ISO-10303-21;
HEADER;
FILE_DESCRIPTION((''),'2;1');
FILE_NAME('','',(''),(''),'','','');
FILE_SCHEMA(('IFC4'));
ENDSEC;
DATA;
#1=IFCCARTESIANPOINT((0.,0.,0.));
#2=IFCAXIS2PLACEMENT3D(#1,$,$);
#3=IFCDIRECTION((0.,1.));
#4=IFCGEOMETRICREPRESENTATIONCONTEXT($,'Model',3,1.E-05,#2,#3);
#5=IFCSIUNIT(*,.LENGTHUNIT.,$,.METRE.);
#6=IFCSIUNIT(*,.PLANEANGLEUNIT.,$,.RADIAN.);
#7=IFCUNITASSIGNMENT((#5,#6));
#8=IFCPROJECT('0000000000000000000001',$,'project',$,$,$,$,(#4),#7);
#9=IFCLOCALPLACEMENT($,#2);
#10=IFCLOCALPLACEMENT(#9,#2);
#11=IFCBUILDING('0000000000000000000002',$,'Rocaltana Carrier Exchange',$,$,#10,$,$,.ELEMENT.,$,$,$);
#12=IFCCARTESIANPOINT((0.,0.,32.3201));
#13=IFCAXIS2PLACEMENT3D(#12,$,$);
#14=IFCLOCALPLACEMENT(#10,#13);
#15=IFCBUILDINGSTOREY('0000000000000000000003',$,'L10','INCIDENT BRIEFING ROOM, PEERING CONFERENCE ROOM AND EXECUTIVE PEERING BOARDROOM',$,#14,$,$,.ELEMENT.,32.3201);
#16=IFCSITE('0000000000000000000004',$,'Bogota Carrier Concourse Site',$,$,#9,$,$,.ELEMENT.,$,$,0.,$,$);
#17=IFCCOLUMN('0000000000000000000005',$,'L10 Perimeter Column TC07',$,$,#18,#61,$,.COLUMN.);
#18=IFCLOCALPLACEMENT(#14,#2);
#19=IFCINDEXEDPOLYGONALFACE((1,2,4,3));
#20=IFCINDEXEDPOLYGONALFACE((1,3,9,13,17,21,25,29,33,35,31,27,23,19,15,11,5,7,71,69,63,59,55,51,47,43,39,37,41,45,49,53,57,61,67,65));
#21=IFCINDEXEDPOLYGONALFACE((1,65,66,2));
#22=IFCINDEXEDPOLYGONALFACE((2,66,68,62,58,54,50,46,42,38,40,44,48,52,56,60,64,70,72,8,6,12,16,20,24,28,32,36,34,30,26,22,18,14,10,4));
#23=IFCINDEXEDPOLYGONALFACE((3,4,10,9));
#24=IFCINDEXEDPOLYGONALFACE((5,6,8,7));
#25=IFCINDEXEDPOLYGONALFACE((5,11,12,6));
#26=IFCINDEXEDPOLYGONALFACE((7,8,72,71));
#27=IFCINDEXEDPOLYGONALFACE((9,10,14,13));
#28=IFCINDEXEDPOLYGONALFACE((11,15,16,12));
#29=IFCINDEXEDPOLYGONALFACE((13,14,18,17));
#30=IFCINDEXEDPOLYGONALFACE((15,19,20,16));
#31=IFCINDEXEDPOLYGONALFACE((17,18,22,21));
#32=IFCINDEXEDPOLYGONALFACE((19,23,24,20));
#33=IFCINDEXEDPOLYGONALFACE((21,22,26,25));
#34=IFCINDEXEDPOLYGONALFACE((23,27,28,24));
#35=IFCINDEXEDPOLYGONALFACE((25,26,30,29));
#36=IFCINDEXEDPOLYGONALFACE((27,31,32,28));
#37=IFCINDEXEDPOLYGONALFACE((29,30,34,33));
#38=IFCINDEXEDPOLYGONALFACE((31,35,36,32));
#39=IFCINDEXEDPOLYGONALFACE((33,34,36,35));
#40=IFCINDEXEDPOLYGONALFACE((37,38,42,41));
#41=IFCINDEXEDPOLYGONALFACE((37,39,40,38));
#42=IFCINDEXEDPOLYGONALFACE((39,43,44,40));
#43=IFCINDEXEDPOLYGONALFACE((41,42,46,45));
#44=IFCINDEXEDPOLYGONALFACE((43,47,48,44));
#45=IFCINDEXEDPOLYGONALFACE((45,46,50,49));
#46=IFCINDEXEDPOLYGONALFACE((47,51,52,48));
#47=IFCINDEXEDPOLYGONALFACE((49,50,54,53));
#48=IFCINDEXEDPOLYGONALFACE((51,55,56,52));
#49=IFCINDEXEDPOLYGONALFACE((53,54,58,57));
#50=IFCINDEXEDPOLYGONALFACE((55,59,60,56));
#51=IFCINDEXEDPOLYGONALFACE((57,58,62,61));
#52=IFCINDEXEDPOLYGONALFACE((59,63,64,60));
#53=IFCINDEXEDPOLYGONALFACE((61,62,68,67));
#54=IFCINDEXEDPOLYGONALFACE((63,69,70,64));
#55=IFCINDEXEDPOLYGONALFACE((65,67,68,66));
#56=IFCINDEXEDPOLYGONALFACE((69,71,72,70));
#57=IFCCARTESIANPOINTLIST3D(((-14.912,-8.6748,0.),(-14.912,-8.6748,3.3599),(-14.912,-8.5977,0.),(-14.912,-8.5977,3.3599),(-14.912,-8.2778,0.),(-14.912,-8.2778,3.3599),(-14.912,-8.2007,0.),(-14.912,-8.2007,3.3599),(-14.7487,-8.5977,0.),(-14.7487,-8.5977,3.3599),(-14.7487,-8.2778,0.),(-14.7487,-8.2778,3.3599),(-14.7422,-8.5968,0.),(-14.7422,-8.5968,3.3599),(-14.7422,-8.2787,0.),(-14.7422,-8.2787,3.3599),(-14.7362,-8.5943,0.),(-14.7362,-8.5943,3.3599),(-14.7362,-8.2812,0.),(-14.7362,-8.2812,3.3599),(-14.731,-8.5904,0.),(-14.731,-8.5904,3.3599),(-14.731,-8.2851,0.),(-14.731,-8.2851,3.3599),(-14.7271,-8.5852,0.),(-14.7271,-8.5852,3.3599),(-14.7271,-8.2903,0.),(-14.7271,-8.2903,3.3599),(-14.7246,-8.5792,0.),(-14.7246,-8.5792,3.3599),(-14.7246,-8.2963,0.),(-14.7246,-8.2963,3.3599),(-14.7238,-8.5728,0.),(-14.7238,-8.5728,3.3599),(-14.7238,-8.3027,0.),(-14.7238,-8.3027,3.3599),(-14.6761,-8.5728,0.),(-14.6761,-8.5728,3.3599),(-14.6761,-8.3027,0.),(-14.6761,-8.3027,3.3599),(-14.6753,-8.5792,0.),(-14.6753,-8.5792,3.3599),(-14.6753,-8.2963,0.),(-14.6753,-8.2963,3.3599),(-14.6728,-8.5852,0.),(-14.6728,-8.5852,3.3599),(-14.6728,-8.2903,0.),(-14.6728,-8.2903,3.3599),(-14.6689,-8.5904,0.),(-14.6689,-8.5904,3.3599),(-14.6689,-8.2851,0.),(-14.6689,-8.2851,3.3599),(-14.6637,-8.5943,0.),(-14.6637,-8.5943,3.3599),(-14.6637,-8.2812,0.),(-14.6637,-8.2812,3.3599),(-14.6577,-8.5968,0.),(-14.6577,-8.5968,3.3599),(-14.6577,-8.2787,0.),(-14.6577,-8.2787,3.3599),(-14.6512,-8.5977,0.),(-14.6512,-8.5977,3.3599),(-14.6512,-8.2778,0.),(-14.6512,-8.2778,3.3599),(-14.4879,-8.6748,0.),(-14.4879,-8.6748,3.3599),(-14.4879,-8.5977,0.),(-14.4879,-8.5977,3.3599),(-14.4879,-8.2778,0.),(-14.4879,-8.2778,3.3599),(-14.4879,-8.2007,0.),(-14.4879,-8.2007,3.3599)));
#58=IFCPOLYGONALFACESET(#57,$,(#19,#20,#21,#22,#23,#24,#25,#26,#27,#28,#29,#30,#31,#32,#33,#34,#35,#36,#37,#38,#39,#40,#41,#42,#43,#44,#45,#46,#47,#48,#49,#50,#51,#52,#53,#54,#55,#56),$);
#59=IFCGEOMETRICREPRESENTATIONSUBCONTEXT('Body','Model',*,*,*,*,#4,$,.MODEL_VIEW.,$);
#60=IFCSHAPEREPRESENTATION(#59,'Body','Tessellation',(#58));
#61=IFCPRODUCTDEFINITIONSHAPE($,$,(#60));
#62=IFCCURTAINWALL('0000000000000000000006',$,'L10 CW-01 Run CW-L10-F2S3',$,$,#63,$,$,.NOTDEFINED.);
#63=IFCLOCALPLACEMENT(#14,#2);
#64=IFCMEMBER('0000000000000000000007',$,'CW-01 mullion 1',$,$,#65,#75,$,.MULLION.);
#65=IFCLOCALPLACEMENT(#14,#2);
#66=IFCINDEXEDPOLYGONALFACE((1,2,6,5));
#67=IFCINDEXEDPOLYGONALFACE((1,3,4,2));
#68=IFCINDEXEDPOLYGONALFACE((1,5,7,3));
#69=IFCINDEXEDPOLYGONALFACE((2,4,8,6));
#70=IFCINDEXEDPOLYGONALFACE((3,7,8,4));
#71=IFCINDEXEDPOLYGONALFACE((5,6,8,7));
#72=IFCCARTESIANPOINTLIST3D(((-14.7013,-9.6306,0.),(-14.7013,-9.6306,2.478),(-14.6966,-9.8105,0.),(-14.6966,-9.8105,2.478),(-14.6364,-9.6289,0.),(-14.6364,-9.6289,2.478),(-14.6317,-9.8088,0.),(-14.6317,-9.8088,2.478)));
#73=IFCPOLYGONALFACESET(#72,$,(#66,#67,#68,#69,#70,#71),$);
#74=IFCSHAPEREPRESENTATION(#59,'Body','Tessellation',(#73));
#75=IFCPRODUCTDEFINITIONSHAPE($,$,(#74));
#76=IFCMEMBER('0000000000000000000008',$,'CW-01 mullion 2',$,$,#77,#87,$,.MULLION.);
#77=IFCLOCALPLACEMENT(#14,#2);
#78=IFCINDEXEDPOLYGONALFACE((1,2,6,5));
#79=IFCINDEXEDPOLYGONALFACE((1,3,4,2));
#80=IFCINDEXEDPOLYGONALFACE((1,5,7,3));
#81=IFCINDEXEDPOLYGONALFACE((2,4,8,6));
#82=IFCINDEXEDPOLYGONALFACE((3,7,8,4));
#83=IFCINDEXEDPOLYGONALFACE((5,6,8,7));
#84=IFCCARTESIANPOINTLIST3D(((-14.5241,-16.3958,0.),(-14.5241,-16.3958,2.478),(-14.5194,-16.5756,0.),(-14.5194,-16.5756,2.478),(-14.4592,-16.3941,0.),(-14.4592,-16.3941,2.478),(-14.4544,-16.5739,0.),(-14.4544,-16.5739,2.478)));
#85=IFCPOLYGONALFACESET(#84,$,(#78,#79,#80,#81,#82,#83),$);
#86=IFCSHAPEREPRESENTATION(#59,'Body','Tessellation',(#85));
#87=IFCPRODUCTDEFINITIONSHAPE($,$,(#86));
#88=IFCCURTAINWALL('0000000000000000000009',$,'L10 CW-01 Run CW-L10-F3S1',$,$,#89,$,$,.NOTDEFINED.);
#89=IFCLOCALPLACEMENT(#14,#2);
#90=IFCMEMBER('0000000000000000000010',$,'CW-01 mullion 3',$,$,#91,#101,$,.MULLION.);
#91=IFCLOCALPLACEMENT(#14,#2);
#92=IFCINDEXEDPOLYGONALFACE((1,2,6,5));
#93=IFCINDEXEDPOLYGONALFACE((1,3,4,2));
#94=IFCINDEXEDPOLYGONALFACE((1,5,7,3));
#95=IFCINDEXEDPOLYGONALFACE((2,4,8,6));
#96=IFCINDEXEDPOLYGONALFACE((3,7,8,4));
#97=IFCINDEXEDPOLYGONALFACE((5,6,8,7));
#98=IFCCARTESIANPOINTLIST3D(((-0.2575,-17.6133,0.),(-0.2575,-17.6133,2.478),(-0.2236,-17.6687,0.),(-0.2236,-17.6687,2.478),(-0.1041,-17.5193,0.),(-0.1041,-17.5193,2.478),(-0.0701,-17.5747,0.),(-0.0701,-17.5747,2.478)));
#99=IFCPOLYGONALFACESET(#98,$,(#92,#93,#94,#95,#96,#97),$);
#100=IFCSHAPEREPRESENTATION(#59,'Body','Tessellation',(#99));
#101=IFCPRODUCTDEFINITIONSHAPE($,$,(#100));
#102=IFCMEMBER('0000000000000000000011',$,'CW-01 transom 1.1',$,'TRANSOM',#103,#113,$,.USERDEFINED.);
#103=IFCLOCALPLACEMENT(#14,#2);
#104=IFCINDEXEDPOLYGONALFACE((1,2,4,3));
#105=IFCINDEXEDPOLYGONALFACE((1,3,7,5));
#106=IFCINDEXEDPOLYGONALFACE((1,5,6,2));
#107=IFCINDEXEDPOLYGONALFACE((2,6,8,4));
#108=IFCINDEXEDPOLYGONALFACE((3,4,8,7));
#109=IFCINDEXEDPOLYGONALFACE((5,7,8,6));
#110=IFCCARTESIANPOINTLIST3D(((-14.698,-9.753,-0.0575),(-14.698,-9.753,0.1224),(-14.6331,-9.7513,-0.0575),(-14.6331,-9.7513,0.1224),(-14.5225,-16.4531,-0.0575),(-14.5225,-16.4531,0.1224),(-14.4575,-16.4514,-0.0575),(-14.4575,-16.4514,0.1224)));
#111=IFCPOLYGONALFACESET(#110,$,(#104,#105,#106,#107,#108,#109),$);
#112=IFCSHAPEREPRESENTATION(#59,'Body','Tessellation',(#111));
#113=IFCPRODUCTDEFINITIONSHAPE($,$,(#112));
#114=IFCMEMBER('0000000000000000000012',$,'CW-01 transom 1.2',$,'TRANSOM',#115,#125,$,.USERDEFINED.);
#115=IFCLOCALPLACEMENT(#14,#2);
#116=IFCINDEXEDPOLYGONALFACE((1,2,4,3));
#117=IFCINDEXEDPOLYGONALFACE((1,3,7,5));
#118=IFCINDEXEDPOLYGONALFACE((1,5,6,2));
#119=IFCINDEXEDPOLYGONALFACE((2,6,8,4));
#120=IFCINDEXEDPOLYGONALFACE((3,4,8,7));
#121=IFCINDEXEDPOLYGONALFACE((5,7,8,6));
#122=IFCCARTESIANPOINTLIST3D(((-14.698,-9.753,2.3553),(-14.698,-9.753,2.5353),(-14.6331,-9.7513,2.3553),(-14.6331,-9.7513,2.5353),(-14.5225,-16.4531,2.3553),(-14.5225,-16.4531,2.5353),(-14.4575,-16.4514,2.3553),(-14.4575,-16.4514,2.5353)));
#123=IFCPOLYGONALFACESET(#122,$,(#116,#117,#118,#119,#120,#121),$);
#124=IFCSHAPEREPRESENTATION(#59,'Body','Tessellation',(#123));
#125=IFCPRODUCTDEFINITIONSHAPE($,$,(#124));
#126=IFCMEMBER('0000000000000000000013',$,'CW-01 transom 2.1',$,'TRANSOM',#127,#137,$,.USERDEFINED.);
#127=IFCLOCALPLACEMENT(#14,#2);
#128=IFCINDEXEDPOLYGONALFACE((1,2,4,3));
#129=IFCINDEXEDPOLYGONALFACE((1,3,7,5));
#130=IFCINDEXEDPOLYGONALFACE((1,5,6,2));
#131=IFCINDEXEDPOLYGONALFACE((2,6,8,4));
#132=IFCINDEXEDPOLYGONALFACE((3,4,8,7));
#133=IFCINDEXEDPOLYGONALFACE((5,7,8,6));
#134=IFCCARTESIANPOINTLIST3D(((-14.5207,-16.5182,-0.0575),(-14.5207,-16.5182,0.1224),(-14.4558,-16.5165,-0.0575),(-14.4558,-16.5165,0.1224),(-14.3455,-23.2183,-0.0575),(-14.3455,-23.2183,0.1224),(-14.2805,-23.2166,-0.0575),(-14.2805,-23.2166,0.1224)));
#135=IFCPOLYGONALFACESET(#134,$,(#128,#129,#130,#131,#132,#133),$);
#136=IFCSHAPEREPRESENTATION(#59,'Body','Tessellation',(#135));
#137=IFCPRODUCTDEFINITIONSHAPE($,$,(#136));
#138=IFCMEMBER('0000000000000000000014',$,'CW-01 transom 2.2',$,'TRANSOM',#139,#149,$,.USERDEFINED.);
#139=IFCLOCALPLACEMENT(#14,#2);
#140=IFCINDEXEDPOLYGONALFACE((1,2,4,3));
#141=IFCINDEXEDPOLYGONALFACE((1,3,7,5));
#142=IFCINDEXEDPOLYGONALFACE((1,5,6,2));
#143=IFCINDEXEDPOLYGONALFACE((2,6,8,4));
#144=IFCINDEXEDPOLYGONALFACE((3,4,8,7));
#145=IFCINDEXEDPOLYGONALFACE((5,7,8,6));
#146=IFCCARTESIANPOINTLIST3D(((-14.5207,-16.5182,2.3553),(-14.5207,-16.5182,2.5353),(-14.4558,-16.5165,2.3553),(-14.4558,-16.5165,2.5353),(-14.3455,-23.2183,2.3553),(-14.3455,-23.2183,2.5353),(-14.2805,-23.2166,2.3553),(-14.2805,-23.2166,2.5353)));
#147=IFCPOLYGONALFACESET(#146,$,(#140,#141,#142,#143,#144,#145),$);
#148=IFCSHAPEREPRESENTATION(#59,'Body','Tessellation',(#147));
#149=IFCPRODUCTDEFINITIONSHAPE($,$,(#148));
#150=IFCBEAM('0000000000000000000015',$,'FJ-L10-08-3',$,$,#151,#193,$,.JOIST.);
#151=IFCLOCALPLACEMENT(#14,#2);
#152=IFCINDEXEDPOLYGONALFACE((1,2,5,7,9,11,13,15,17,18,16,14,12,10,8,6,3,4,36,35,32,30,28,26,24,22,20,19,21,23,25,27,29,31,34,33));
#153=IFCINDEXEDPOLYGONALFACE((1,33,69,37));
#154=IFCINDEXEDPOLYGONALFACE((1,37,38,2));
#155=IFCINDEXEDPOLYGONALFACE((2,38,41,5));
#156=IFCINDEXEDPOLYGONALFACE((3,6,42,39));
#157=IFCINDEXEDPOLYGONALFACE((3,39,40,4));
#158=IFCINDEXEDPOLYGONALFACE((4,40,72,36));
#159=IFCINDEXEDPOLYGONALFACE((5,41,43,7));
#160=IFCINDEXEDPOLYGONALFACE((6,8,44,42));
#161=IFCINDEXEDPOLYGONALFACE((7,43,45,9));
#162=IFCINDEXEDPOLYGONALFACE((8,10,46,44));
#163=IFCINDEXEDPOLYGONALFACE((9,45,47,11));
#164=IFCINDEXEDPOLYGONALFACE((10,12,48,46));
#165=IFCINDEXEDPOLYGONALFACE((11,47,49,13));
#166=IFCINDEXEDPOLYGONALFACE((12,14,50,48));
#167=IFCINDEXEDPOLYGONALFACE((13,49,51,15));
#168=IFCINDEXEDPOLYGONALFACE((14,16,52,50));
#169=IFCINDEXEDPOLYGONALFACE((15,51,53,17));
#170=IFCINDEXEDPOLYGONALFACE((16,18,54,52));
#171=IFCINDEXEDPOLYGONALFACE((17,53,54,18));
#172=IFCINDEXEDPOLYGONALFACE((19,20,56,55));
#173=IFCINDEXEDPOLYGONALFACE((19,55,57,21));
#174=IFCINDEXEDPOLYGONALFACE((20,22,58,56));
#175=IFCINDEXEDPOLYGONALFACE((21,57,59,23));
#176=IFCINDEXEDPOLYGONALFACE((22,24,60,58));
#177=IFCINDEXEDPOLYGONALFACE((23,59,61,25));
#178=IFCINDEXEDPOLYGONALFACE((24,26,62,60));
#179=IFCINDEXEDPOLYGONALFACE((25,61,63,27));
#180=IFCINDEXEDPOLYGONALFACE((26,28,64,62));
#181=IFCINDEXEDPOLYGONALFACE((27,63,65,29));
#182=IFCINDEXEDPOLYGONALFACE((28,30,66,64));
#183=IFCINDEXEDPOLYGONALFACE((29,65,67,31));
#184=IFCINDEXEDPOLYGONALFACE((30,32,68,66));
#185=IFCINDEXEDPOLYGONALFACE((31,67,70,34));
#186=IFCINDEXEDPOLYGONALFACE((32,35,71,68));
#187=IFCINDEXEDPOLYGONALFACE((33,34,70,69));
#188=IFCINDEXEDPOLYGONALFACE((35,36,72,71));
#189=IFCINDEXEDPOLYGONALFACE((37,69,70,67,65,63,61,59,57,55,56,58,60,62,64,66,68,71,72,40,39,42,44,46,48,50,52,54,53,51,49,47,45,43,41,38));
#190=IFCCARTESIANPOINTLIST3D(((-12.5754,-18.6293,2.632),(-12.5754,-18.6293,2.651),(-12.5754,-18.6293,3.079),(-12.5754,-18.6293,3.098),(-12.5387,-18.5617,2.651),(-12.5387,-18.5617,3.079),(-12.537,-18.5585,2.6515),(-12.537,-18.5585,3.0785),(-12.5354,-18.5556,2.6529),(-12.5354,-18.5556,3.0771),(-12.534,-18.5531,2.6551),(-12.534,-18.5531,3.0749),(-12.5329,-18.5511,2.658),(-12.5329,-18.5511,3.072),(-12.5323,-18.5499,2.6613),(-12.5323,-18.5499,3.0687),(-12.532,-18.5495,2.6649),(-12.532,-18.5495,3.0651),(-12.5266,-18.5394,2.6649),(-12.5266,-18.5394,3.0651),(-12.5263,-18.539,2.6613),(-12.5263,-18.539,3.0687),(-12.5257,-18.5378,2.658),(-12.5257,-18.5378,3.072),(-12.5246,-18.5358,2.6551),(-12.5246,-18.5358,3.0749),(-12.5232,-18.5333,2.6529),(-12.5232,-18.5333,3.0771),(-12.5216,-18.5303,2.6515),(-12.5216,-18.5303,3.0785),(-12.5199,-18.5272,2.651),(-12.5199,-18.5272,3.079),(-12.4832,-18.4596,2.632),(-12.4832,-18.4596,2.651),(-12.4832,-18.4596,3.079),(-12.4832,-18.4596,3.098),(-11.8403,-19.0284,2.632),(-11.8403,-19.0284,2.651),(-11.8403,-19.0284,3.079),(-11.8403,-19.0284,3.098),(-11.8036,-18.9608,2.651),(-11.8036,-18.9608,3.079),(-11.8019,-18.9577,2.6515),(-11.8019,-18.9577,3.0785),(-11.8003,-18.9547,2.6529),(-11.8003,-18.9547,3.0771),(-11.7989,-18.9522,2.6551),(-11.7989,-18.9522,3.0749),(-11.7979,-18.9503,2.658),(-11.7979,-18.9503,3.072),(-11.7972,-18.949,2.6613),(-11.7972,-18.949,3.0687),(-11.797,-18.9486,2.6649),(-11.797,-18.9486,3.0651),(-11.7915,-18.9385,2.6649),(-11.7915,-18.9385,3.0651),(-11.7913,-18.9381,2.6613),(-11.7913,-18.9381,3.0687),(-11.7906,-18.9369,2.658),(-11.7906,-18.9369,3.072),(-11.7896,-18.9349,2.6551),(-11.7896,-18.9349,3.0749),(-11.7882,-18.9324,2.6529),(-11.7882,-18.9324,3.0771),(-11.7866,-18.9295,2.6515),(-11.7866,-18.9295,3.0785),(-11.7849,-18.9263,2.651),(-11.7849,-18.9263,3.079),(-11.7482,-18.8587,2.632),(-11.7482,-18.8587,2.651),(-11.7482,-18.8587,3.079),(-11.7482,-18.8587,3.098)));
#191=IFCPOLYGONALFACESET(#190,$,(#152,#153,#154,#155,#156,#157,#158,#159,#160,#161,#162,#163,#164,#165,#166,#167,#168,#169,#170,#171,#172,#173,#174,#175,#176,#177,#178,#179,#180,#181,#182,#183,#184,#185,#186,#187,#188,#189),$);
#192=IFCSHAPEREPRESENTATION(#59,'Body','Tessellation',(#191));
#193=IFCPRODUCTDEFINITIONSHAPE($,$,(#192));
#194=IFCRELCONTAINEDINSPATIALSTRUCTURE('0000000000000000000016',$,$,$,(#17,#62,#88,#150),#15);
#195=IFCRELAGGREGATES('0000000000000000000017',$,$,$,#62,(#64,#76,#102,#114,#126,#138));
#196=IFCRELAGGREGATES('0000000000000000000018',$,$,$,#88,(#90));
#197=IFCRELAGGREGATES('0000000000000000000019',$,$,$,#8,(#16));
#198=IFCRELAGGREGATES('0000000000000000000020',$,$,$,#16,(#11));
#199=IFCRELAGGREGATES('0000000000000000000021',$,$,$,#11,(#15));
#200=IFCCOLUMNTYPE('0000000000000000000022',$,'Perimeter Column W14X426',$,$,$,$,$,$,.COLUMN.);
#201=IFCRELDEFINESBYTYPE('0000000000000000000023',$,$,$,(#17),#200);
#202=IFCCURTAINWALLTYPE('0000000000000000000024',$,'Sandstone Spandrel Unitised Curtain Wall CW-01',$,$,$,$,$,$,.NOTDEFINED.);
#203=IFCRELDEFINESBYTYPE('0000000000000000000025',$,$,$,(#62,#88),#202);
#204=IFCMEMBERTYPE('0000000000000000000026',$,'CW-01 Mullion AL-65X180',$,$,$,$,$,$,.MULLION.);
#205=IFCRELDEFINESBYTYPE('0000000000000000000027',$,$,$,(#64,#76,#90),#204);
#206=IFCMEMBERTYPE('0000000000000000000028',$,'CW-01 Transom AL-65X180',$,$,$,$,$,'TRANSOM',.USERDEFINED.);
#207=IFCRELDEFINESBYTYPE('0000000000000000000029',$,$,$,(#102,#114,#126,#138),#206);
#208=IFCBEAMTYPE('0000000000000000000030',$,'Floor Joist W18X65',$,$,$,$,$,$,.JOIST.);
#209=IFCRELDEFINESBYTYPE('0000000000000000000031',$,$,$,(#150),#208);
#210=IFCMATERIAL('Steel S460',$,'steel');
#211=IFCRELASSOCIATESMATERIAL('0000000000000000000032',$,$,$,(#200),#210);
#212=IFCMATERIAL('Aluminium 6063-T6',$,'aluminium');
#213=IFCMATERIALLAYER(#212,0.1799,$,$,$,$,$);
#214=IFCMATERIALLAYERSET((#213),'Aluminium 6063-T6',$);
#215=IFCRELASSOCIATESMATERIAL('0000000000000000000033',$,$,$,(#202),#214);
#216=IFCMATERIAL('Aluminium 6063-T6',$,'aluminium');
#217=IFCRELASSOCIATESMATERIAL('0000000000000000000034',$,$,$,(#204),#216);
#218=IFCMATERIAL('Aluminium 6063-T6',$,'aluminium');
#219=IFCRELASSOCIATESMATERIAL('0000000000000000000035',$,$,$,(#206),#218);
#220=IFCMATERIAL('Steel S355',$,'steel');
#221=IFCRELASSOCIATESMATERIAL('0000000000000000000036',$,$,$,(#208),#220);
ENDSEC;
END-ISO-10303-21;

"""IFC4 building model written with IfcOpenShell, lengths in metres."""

from ifc_helpers import new_model, si_unit, direction, frame, origin, origin_2d, place, context, subcontext, project, spatial, rectangle, i_section, extrude, material, layer, layer_set, material_profile, profile_set, type_object, element, aggregate, save


model = new_model("IFC4")

# Units and contexts
model_context = context("Model", 3, precision=1e-05, world=origin(), true_north=direction((0.0, 1.0)))
body_context = subcontext(model_context, "Body", "Model", "MODEL_VIEW")
ifc_project = project(units=[si_unit("LENGTHUNIT", "METRE"), si_unit("PLANEANGLEUNIT", "RADIAN")], contexts=[model_context])

# Site, building, storey
site_placement = place(None, origin())
site = spatial("IfcSite", under=ifc_project, at=site_placement, Name="Bogota Carrier Concourse Site", CompositionType="ELEMENT", RefElevation=0.0)
building_placement = place(site_placement, origin())
building = spatial("IfcBuilding", under=site, at=building_placement, Name="Rocaltana Carrier Exchange", CompositionType="ELEMENT")
storey_placement = place(building_placement, frame((0.0, 0.0, 32.3201)))
storey = spatial("IfcBuildingStorey", under=building, at=storey_placement, Name="L10", Description="INCIDENT BRIEFING ROOM, PEERING CONFERENCE ROOM AND EXECUTIVE PEERING BOARDROOM", CompositionType="ELEMENT", Elevation=32.3201)

# Column
ifc_material_1 = material(Name="Steel S460", Category="steel")
ifc_material_profile_1 = material_profile(ifc_material_1, i_section(OverallWidth=0.4241, OverallDepth=0.4741, WebThickness=0.0476, FlangeThickness=0.0771, FilletRadius=0.0249, at=origin_2d()), Name="W14X426")
ifc_profile_set_1 = profile_set([ifc_material_profile_1], Name="Steel S460")
column_type = type_object("IfcColumnType", Name="Perimeter Column W14X426", PredefinedType="COLUMN", material=ifc_profile_set_1)
column_placement = place(storey_placement, frame((-14.7, -8.4377, 0.0), z_axis=(0.0, 0.0, 1.0), x_axis=(1.0, 0.0, 0.0)))
element("IfcColumn", 1, at=column_placement, inside=storey, type_object=column_type, Name="L10 Perimeter Column TC07", PredefinedType="COLUMN", context=body_context, shape_type="SweptSolid", body=[
    extrude(i_section(OverallWidth=0.4241, OverallDepth=0.4741, WebThickness=0.0476, FlangeThickness=0.0771, FilletRadius=0.0249, at=origin_2d()), origin(), (0.0, 0.0, 1.0), 3.3599),
])

# Curtain wall, members
ifc_material_2 = material(Name="Aluminium 6063-T6", Category="aluminium")
ifc_layer_1 = layer(ifc_material_2, 0.1799)
ifc_layer_set_1 = layer_set([ifc_layer_1], Name="Aluminium 6063-T6")
curtain_wall_type = type_object("IfcCurtainWallType", Name="Sandstone Spandrel Unitised Curtain Wall CW-01", PredefinedType="NOTDEFINED", material=ifc_layer_set_1)
curtain_wall_1_placement = place(storey_placement, origin())
curtain_wall_1 = element("IfcCurtainWall", 2, at=curtain_wall_1_placement, inside=storey, type_object=curtain_wall_type, Name="L10 CW-01 Run CW-L10-F2S3", PredefinedType="NOTDEFINED")
ifc_material_3 = material(Name="Aluminium 6063-T6", Category="aluminium")
ifc_material_profile_2 = material_profile(ifc_material_3, rectangle(XDim=0.0649, YDim=0.1799, at=origin_2d()), Name="AL-65X180")
ifc_profile_set_2 = profile_set([ifc_material_profile_2], Name="Aluminium 6063-T6")
member_type_1 = type_object("IfcMemberType", Name="CW-01 Mullion AL-65X180", PredefinedType="MULLION", material=ifc_profile_set_2)
member_1_placement = place(storey_placement, frame((-14.6665, -9.7197, 0.0), z_axis=(0.0, 0.0, 1.0), x_axis=(0.999657, 0.026184, 0.0)))
member_1 = element("IfcMember", 3, at=member_1_placement, type_object=member_type_1, Name="CW-01 mullion 1", PredefinedType="MULLION", context=body_context, shape_type="SweptSolid", body=[
    extrude(rectangle(XDim=0.0649, YDim=0.1799, at=origin_2d()), origin(), (0.0, 0.0, 1.0), 2.478),
])
member_2_placement = place(storey_placement, frame((-14.4893, -16.4849, 0.0), z_axis=(0.0, 0.0, 1.0), x_axis=(0.999657, 0.026184, 0.0)))
member_2 = element("IfcMember", 4, at=member_2_placement, type_object=member_type_1, Name="CW-01 mullion 2", PredefinedType="MULLION", context=body_context, shape_type="SweptSolid", body=[
    extrude(rectangle(XDim=0.0649, YDim=0.1799, at=origin_2d()), origin(), (0.0, 0.0, 1.0), 2.478),
])

# Curtain wall, member
curtain_wall_2_placement = place(storey_placement, origin())
curtain_wall_2 = element("IfcCurtainWall", 5, at=curtain_wall_2_placement, inside=storey, type_object=curtain_wall_type, Name="L10 CW-01 Run CW-L10-F3S1", PredefinedType="NOTDEFINED")
member_3_placement = place(storey_placement, frame((-0.1638, -17.594, 0.0), z_axis=(0.0, 0.0, 1.0), x_axis=(-0.522505, 0.852636, 0.0)))
member_3 = element("IfcMember", 6, at=member_3_placement, type_object=member_type_1, Name="CW-01 mullion 3", PredefinedType="MULLION", context=body_context, shape_type="SweptSolid", body=[
    extrude(rectangle(XDim=0.0649, YDim=0.1799, at=origin_2d()), origin(), (0.0, 0.0, 1.0), 2.478),
])

# Members
ifc_material_4 = material(Name="Aluminium 6063-T6", Category="aluminium")
ifc_material_profile_3 = material_profile(ifc_material_4, rectangle(XDim=0.0649, YDim=0.1799, at=origin_2d()), Name="AL-65X180")
ifc_profile_set_3 = profile_set([ifc_material_profile_3], Name="Aluminium 6063-T6")
member_type_2 = type_object("IfcMemberType", Name="CW-01 Transom AL-65X180", ElementType="TRANSOM", PredefinedType="USERDEFINED", material=ifc_profile_set_3)
member_4_placement = place(storey_placement, frame((-14.6655, -9.7522, 0.0325), z_axis=(0.02619, -0.999657, 0.0), x_axis=(0.999657, 0.02619, 0.0)))
member_4 = element("IfcMember", 7, at=member_4_placement, type_object=member_type_2, Name="CW-01 transom 1.1", ObjectType="TRANSOM", PredefinedType="USERDEFINED", context=body_context, shape_type="SweptSolid", body=[
    extrude(rectangle(XDim=0.0649, YDim=0.1799, at=origin_2d()), origin(), (0.0, 0.0, 1.0), 6.7024),
])
member_5_placement = place(storey_placement, frame((-14.6655, -9.7522, 2.4453), z_axis=(0.02619, -0.999657, 0.0), x_axis=(0.999657, 0.02619, 0.0)))
member_5 = element("IfcMember", 8, at=member_5_placement, type_object=member_type_2, Name="CW-01 transom 1.2", ObjectType="TRANSOM", PredefinedType="USERDEFINED", context=body_context, shape_type="SweptSolid", body=[
    extrude(rectangle(XDim=0.0649, YDim=0.1799, at=origin_2d()), origin(), (0.0, 0.0, 1.0), 6.7024),
])
member_6_placement = place(storey_placement, frame((-14.4883, -16.5173, 0.0325), z_axis=(0.026153, -0.999658, 0.0), x_axis=(0.999658, 0.026153, 0.0)))
member_6 = element("IfcMember", 9, at=member_6_placement, type_object=member_type_2, Name="CW-01 transom 2.1", ObjectType="TRANSOM", PredefinedType="USERDEFINED", context=body_context, shape_type="SweptSolid", body=[
    extrude(rectangle(XDim=0.0649, YDim=0.1799, at=origin_2d()), origin(), (0.0, 0.0, 1.0), 6.7024),
])
member_7_placement = place(storey_placement, frame((-14.4883, -16.5173, 2.4453), z_axis=(0.026153, -0.999658, 0.0), x_axis=(0.999658, 0.026153, 0.0)))
member_7 = element("IfcMember", 10, at=member_7_placement, type_object=member_type_2, Name="CW-01 transom 2.2", ObjectType="TRANSOM", PredefinedType="USERDEFINED", context=body_context, shape_type="SweptSolid", body=[
    extrude(rectangle(XDim=0.0649, YDim=0.1799, at=origin_2d()), origin(), (0.0, 0.0, 1.0), 6.7024),
])

# Beam
ifc_material_5 = material(Name="Steel S355", Category="steel")
ifc_material_profile_4 = material_profile(ifc_material_5, i_section(OverallWidth=0.1931, OverallDepth=0.4661, WebThickness=0.0115, FlangeThickness=0.019, FilletRadius=0.0139, at=origin_2d()), Name="W18X65")
ifc_profile_set_4 = profile_set([ifc_material_profile_4], Name="Steel S355")
beam_type_1 = type_object("IfcBeamType", Name="Floor Joist W18X65", PredefinedType="JOIST", material=ifc_profile_set_4)
beam_1_placement = place(storey_placement, frame((-12.5293, -18.5444, 2.865), z_axis=(0.878797, -0.477195, 0.0), x_axis=(0.477195, 0.878797, 0.0)))
element("IfcBeam", 11, at=beam_1_placement, inside=storey, type_object=beam_type_1, Name="FJ-L10-08-3", PredefinedType="JOIST", context=body_context, shape_type="SweptSolid", body=[
    extrude(i_section(OverallWidth=0.1931, OverallDepth=0.4661, WebThickness=0.0115, FlangeThickness=0.019, FilletRadius=0.0139, at=origin_2d()), origin(), (0.0, 0.0, 1.0), 0.8364),
])

aggregate(curtain_wall_1, [member_1, member_2, member_4, member_5, member_6, member_7])
aggregate(curtain_wall_2, [member_3])

save(model, "model.ifc")
